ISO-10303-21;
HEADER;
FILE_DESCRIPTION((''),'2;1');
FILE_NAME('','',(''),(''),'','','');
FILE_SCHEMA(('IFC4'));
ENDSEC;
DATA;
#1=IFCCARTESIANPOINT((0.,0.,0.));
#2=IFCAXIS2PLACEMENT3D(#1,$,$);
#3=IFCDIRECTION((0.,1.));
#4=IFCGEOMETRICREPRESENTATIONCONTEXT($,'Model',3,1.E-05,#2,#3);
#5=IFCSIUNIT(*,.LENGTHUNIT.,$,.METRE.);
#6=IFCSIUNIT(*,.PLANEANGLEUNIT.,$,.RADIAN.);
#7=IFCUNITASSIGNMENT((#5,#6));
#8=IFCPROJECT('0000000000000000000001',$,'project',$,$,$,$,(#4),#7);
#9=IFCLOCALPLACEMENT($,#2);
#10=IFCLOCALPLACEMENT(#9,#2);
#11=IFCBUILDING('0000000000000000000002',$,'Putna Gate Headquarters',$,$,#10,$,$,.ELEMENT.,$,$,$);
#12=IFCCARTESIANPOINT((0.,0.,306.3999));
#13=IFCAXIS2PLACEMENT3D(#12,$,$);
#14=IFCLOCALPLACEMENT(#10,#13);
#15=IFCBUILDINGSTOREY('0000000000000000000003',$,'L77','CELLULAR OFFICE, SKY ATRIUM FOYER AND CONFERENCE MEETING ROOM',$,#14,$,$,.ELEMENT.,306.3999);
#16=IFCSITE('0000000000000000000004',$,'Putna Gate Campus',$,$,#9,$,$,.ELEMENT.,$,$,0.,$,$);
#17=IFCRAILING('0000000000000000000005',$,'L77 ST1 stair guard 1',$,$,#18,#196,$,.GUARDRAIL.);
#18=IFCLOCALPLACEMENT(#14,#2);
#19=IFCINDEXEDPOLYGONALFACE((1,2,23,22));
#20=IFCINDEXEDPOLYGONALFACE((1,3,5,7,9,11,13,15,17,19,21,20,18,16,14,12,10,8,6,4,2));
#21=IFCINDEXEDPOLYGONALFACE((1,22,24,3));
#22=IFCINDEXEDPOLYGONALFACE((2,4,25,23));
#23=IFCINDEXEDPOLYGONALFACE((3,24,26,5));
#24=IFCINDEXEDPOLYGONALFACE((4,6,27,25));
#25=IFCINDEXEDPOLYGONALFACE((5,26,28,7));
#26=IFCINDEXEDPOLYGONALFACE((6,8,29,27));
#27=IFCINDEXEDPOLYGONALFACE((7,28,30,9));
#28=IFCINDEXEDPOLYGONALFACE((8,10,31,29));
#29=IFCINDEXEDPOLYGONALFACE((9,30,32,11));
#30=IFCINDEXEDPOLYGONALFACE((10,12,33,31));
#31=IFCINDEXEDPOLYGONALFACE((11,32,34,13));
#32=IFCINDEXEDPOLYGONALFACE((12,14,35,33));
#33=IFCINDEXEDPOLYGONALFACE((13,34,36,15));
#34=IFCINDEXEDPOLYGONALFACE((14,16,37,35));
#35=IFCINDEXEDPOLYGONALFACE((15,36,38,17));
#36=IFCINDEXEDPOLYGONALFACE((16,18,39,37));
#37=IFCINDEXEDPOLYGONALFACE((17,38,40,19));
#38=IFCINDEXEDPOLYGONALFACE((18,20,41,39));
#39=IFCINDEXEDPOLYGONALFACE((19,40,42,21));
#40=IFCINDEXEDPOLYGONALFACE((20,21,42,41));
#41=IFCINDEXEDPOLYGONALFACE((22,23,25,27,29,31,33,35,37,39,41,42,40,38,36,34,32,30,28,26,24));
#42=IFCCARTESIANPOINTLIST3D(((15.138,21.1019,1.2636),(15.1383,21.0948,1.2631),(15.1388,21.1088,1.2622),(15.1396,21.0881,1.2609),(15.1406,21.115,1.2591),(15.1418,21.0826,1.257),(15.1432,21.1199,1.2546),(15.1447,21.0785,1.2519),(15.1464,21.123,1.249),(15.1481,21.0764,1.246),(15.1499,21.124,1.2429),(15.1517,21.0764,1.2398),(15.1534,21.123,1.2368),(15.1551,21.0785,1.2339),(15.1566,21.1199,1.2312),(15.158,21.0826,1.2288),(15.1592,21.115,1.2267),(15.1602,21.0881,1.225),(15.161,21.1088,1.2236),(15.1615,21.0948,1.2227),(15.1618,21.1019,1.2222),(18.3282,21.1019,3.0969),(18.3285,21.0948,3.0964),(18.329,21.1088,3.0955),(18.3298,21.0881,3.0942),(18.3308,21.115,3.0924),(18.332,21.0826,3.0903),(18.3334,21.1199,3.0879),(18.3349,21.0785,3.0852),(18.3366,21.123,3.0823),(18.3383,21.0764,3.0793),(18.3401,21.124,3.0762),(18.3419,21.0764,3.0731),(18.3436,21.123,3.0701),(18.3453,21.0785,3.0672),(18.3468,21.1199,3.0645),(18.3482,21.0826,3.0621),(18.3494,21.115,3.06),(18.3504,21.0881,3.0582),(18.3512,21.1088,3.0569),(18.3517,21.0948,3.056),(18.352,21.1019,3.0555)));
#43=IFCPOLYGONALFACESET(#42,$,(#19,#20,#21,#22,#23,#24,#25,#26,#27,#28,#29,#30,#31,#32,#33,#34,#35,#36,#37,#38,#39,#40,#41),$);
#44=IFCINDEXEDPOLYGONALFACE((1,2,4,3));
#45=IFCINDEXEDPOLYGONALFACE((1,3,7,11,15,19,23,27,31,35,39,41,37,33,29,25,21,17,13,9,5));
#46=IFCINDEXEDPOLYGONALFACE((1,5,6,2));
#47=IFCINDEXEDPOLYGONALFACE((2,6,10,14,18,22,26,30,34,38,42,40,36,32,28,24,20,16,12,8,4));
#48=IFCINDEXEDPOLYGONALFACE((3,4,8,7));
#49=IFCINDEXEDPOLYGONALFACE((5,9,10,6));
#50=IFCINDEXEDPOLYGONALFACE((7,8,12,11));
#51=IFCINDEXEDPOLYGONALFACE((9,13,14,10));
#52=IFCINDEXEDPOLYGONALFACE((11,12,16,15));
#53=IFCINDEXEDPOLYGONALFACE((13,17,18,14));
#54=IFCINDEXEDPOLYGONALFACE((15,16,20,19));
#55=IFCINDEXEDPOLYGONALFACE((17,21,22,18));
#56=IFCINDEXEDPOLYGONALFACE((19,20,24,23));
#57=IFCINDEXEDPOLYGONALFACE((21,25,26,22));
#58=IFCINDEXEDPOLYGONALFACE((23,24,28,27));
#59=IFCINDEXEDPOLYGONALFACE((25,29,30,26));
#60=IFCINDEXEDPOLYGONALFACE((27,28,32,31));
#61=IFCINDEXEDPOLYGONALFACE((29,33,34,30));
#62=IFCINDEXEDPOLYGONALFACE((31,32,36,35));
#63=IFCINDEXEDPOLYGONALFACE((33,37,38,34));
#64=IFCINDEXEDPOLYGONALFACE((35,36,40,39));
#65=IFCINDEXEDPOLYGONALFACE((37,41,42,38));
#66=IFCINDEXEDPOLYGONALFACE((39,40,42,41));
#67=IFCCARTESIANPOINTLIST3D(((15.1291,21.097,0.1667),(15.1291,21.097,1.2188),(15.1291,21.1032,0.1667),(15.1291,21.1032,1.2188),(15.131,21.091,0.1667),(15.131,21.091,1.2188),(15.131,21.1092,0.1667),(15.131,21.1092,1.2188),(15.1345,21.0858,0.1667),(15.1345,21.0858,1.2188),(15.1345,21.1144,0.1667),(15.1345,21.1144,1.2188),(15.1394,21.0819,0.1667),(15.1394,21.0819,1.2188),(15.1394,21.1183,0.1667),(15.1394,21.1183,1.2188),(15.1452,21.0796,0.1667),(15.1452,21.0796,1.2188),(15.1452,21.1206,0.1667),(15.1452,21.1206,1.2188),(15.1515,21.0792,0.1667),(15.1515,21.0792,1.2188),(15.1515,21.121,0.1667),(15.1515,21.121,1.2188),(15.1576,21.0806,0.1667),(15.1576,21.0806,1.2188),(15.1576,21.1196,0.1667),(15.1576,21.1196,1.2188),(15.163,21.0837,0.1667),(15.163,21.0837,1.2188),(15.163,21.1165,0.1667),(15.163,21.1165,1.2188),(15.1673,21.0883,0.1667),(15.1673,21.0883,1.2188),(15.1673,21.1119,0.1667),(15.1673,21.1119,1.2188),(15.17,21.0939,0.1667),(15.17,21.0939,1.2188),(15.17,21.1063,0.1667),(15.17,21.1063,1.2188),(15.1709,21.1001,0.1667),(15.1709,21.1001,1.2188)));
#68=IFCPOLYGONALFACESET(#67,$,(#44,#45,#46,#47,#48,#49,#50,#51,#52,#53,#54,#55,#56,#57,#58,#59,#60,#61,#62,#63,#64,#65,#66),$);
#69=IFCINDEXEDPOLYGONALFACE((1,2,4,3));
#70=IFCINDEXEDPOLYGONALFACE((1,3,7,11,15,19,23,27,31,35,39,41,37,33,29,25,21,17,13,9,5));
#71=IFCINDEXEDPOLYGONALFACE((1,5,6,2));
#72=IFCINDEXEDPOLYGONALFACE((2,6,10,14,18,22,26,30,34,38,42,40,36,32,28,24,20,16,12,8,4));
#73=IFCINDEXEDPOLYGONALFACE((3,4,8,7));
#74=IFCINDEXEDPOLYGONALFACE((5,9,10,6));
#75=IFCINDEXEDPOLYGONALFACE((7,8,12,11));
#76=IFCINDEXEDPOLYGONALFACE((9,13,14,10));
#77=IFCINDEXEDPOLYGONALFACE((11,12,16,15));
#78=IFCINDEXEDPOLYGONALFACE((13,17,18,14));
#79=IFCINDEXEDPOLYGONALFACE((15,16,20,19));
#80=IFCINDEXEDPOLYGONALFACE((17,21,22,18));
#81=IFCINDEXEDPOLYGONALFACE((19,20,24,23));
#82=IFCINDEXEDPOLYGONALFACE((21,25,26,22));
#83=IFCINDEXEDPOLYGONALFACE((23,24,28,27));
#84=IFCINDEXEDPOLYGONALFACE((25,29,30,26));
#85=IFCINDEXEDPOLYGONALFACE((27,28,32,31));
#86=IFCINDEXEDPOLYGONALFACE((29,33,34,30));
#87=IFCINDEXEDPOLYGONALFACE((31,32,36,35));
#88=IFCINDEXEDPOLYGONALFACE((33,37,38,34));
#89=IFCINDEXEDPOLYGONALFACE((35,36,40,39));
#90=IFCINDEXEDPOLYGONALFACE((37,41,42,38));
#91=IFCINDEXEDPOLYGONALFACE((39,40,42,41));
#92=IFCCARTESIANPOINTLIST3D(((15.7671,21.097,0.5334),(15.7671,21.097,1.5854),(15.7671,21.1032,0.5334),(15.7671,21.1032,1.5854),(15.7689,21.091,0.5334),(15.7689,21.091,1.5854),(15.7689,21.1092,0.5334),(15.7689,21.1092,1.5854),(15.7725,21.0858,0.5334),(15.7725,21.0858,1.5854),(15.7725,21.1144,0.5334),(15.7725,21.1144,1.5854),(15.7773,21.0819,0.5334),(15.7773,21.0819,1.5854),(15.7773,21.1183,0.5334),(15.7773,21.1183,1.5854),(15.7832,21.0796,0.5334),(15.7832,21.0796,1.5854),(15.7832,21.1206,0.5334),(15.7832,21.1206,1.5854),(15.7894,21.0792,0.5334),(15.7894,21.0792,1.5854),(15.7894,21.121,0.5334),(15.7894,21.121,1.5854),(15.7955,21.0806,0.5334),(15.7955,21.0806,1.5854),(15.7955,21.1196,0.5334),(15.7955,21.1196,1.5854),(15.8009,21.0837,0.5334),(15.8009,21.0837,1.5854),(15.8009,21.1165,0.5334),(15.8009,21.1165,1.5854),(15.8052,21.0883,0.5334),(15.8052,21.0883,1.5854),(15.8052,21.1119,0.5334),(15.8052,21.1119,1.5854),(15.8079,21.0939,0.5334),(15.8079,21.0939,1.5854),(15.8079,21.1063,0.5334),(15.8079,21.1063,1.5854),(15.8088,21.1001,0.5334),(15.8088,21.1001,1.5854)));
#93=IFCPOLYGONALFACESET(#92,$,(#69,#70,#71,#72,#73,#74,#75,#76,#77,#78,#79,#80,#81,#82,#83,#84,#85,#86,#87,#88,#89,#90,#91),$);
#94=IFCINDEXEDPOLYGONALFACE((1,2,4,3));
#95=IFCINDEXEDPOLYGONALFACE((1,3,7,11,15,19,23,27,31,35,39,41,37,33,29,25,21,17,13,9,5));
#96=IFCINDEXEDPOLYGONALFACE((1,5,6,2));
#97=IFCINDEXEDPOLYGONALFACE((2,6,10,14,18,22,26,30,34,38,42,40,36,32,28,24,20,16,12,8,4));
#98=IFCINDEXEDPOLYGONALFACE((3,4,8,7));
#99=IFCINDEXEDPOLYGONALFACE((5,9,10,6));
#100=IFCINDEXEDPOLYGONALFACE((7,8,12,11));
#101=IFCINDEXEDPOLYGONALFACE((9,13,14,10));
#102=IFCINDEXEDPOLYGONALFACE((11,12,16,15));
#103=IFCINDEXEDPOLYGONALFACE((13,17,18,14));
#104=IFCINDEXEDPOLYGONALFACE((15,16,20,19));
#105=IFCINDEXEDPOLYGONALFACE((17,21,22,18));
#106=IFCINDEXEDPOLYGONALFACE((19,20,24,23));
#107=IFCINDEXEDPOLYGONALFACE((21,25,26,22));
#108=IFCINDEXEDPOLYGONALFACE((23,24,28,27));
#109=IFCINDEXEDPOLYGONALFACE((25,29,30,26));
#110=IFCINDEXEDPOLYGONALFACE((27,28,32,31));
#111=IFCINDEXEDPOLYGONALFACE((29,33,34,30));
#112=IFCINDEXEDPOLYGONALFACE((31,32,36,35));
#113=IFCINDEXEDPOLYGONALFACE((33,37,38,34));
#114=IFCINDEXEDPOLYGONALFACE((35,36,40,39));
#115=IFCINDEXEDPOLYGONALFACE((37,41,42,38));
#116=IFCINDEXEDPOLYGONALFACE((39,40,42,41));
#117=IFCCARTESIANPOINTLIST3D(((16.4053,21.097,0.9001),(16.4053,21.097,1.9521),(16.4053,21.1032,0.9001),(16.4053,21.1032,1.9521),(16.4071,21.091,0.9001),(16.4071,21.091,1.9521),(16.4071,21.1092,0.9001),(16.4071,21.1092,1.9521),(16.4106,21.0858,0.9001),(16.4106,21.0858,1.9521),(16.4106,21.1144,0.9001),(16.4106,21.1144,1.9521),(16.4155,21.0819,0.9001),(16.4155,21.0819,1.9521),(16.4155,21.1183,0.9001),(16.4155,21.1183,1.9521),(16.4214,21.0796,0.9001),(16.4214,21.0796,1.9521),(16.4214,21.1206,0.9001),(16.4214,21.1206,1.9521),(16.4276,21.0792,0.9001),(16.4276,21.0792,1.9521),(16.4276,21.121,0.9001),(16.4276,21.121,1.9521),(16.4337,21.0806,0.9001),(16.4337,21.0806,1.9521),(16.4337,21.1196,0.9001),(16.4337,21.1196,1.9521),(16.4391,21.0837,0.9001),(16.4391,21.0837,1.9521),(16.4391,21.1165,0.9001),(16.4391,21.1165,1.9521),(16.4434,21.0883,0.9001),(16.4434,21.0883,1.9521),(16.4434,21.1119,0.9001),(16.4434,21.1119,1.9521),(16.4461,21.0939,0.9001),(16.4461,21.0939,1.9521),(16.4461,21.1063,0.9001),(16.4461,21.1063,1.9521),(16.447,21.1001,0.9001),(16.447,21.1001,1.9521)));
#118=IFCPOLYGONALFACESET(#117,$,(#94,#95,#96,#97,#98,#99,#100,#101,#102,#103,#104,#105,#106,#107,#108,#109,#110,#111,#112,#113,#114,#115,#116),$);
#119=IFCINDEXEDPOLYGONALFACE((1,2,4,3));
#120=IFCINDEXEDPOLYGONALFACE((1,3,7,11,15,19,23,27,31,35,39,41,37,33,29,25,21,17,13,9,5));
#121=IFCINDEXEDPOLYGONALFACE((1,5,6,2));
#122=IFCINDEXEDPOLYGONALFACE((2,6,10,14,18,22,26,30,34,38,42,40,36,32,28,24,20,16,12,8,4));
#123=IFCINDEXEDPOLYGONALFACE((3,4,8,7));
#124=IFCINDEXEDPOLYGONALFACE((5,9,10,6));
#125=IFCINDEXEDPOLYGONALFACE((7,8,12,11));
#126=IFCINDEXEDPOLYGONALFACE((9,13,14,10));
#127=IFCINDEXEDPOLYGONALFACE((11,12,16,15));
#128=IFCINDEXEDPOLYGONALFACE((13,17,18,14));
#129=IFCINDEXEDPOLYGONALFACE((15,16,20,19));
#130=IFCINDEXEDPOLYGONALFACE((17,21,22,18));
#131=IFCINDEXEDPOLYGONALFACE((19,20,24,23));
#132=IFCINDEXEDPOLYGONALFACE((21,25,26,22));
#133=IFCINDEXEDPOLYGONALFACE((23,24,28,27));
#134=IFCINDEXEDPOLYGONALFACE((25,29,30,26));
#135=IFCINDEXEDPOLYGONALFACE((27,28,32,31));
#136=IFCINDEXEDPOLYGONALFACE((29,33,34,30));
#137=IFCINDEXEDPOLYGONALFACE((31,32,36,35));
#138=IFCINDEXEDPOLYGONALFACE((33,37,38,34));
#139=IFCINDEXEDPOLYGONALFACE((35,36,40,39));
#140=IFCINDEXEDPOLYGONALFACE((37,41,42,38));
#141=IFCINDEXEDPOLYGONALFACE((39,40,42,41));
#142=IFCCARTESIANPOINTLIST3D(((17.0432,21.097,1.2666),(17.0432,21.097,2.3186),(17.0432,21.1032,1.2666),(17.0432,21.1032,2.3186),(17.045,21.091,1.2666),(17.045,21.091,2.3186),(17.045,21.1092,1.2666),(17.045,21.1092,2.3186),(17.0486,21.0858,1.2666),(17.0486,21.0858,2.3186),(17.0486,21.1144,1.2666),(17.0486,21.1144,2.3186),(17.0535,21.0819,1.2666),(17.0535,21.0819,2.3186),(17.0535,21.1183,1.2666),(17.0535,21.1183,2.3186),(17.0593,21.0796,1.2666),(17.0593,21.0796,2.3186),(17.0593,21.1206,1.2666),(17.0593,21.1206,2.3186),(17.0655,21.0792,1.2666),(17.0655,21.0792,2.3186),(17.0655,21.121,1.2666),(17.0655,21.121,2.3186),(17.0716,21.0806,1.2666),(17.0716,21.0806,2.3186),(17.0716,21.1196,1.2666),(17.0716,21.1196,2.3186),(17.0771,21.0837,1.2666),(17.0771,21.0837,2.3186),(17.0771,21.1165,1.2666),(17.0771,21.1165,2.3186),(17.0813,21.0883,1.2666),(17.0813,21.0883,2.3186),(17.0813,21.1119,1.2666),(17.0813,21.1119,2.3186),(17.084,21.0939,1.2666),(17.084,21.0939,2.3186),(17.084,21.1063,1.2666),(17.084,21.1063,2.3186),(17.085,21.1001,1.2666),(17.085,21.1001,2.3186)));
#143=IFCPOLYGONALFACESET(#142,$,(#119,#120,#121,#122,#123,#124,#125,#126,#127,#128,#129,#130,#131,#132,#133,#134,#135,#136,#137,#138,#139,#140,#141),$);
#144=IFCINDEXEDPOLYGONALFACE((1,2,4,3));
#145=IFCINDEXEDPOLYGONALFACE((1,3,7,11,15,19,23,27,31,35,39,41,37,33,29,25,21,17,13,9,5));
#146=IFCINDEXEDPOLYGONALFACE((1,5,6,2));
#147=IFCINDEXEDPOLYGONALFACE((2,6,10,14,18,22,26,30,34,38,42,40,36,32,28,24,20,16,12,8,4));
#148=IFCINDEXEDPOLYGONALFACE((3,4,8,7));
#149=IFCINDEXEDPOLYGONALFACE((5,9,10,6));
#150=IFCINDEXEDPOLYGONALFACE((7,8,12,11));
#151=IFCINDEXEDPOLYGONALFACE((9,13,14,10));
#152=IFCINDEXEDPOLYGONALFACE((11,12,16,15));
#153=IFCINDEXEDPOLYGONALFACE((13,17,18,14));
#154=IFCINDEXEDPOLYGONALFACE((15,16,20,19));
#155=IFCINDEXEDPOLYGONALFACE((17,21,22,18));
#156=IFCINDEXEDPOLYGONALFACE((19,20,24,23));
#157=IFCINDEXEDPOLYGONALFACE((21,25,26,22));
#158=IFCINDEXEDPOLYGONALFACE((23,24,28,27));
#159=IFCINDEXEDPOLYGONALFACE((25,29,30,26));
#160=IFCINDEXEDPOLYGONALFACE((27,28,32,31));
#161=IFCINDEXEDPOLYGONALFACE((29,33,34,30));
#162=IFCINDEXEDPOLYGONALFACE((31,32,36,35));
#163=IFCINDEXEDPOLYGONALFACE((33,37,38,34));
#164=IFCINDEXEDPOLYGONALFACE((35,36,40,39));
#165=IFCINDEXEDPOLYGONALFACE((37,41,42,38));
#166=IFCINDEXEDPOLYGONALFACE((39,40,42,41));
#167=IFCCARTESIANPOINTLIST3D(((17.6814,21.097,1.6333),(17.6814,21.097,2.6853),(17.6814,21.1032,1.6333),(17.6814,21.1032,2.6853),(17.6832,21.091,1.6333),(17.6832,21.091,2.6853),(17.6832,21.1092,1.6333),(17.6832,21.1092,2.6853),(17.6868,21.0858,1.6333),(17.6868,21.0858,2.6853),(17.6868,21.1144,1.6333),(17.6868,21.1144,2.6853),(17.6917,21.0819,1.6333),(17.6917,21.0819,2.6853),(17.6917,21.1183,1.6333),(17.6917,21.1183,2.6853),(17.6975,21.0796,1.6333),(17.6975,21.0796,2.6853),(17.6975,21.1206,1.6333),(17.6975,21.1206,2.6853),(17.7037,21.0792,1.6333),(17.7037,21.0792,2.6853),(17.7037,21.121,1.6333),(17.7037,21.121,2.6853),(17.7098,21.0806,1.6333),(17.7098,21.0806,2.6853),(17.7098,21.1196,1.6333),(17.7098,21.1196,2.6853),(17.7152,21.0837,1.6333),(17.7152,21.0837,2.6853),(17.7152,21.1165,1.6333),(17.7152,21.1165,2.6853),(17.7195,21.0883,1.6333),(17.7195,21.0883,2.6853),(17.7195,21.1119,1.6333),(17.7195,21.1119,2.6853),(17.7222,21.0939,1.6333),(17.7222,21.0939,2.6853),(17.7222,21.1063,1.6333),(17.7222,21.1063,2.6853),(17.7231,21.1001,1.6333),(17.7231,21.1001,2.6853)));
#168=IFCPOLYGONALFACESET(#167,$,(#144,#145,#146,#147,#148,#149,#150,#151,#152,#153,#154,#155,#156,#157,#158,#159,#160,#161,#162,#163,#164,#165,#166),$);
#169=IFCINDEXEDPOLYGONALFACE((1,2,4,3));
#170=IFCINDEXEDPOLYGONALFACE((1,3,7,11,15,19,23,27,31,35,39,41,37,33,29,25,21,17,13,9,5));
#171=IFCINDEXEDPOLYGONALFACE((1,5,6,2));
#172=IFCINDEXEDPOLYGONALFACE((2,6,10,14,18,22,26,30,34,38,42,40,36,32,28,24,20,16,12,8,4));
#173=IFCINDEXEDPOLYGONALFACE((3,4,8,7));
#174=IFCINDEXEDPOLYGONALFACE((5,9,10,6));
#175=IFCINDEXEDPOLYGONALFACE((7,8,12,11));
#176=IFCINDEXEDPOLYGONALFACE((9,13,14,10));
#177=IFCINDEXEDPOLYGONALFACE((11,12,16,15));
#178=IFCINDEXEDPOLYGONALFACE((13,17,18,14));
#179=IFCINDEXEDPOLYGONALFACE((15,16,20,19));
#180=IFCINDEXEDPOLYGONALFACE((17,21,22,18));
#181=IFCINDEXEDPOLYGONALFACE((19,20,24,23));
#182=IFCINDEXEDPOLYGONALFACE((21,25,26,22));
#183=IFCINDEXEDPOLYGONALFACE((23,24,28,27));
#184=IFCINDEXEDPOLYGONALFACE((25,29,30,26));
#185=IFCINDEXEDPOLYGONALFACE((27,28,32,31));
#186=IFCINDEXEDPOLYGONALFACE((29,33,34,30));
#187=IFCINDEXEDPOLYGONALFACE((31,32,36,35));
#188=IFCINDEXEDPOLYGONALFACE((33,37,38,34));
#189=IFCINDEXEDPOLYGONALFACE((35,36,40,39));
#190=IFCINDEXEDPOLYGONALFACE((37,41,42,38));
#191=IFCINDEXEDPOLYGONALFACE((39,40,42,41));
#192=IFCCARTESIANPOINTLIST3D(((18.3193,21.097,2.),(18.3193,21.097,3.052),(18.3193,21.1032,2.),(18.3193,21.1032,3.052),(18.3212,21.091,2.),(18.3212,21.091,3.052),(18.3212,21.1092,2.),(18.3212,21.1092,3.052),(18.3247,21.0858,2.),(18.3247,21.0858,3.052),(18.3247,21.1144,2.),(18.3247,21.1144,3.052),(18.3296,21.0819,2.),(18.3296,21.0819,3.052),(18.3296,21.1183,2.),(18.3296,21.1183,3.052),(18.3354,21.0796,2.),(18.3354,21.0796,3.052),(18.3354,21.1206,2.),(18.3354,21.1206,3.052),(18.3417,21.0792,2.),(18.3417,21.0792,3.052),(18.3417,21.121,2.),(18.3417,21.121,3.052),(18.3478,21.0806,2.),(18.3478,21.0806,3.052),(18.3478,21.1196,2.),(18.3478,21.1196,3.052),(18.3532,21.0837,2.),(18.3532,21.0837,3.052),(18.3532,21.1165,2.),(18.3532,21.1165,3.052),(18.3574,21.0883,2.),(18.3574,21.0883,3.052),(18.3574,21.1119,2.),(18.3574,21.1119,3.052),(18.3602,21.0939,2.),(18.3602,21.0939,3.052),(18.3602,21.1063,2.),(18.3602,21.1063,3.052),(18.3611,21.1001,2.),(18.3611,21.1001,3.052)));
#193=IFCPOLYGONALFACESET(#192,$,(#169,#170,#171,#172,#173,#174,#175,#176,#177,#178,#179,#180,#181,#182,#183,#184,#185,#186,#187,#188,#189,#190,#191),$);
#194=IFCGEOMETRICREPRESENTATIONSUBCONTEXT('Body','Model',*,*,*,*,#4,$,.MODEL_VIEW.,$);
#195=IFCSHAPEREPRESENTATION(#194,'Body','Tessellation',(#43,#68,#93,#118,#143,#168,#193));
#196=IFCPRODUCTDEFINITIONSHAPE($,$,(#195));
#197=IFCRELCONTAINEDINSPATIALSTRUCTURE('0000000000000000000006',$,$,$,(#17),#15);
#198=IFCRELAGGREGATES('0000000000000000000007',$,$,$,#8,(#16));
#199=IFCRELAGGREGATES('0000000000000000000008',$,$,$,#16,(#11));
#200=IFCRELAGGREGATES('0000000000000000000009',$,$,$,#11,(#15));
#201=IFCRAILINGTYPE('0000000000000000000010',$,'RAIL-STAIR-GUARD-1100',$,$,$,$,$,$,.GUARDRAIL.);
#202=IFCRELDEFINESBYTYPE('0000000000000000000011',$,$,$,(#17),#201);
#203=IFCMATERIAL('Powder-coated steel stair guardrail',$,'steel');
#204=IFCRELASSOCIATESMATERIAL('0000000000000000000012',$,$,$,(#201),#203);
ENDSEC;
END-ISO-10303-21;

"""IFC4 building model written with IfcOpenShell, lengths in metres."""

from ifc_helpers import new_model, si_unit, direction, frame, origin, origin_2d, place, context, subcontext, project, spatial, circle, extrude, material, type_object, element, save


model = new_model("IFC4")

# Units and contexts
model_context = context("Model", 3, precision=1e-05, world=origin(), true_north=direction((0.0, 1.0)))
body_context = subcontext(model_context, "Body", "Model", "MODEL_VIEW")
ifc_project = project(units=[si_unit("LENGTHUNIT", "METRE"), si_unit("PLANEANGLEUNIT", "RADIAN")], contexts=[model_context])

# Site, building, storey
site_placement = place(None, origin())
site = spatial("IfcSite", under=ifc_project, at=site_placement, Name="Putna Gate Campus", CompositionType="ELEMENT", RefElevation=0.0)
building_placement = place(site_placement, origin())
building = spatial("IfcBuilding", under=site, at=building_placement, Name="Putna Gate Headquarters", CompositionType="ELEMENT")
storey_placement = place(building_placement, frame((0.0, 0.0, 306.3999)))
storey = spatial("IfcBuildingStorey", under=building, at=storey_placement, Name="L77", Description="CELLULAR OFFICE, SKY ATRIUM FOYER AND CONFERENCE MEETING ROOM", CompositionType="ELEMENT", Elevation=306.3999)

# Railing
ifc_material_1 = material(Name="Powder-coated steel stair guardrail", Category="steel")
railing_type_1 = type_object("IfcRailingType", Name="RAIL-STAIR-GUARD-1100", PredefinedType="GUARDRAIL", material=ifc_material_1)
railing_1_placement = place(storey_placement, frame((15.1499, 21.1001, 0.1667)))
element("IfcRailing", 1, at=railing_1_placement, inside=storey, type_object=railing_type_1, Name="L77 ST1 stair guard 1", PredefinedType="GUARDRAIL", context=body_context, shape_type="SweptSolid", body=[
    extrude(circle(Radius=0.0239, at=origin_2d()), frame((0.0, 0.0, 1.0762), z_axis=(0.867036, 0.0, 0.498245), x_axis=(0.0, 1.0, 0.0)), (0.0, 0.0, 1.0), 3.6794),
    extrude(circle(Radius=0.021, at=origin_2d()), origin(), (0.0, 0.0, 1.0), 1.052),
    extrude(circle(Radius=0.021, at=origin_2d()), frame((0.6379, 0.0, 0.3667)), (0.0, 0.0, 1.0), 1.052),
    extrude(circle(Radius=0.021, at=origin_2d()), frame((1.2761, 0.0, 0.7334)), (0.0, 0.0, 1.0), 1.052),
    extrude(circle(Radius=0.021, at=origin_2d()), frame((1.9141, 0.0, 1.0999)), (0.0, 0.0, 1.0), 1.052),
    extrude(circle(Radius=0.021, at=origin_2d()), frame((2.5522, 0.0, 1.4666)), (0.0, 0.0, 1.0), 1.052),
    extrude(circle(Radius=0.021, at=origin_2d()), frame((3.1902, 0.0, 1.8333)), (0.0, 0.0, 1.0), 1.052),
])

save(model, "model.ifc")
